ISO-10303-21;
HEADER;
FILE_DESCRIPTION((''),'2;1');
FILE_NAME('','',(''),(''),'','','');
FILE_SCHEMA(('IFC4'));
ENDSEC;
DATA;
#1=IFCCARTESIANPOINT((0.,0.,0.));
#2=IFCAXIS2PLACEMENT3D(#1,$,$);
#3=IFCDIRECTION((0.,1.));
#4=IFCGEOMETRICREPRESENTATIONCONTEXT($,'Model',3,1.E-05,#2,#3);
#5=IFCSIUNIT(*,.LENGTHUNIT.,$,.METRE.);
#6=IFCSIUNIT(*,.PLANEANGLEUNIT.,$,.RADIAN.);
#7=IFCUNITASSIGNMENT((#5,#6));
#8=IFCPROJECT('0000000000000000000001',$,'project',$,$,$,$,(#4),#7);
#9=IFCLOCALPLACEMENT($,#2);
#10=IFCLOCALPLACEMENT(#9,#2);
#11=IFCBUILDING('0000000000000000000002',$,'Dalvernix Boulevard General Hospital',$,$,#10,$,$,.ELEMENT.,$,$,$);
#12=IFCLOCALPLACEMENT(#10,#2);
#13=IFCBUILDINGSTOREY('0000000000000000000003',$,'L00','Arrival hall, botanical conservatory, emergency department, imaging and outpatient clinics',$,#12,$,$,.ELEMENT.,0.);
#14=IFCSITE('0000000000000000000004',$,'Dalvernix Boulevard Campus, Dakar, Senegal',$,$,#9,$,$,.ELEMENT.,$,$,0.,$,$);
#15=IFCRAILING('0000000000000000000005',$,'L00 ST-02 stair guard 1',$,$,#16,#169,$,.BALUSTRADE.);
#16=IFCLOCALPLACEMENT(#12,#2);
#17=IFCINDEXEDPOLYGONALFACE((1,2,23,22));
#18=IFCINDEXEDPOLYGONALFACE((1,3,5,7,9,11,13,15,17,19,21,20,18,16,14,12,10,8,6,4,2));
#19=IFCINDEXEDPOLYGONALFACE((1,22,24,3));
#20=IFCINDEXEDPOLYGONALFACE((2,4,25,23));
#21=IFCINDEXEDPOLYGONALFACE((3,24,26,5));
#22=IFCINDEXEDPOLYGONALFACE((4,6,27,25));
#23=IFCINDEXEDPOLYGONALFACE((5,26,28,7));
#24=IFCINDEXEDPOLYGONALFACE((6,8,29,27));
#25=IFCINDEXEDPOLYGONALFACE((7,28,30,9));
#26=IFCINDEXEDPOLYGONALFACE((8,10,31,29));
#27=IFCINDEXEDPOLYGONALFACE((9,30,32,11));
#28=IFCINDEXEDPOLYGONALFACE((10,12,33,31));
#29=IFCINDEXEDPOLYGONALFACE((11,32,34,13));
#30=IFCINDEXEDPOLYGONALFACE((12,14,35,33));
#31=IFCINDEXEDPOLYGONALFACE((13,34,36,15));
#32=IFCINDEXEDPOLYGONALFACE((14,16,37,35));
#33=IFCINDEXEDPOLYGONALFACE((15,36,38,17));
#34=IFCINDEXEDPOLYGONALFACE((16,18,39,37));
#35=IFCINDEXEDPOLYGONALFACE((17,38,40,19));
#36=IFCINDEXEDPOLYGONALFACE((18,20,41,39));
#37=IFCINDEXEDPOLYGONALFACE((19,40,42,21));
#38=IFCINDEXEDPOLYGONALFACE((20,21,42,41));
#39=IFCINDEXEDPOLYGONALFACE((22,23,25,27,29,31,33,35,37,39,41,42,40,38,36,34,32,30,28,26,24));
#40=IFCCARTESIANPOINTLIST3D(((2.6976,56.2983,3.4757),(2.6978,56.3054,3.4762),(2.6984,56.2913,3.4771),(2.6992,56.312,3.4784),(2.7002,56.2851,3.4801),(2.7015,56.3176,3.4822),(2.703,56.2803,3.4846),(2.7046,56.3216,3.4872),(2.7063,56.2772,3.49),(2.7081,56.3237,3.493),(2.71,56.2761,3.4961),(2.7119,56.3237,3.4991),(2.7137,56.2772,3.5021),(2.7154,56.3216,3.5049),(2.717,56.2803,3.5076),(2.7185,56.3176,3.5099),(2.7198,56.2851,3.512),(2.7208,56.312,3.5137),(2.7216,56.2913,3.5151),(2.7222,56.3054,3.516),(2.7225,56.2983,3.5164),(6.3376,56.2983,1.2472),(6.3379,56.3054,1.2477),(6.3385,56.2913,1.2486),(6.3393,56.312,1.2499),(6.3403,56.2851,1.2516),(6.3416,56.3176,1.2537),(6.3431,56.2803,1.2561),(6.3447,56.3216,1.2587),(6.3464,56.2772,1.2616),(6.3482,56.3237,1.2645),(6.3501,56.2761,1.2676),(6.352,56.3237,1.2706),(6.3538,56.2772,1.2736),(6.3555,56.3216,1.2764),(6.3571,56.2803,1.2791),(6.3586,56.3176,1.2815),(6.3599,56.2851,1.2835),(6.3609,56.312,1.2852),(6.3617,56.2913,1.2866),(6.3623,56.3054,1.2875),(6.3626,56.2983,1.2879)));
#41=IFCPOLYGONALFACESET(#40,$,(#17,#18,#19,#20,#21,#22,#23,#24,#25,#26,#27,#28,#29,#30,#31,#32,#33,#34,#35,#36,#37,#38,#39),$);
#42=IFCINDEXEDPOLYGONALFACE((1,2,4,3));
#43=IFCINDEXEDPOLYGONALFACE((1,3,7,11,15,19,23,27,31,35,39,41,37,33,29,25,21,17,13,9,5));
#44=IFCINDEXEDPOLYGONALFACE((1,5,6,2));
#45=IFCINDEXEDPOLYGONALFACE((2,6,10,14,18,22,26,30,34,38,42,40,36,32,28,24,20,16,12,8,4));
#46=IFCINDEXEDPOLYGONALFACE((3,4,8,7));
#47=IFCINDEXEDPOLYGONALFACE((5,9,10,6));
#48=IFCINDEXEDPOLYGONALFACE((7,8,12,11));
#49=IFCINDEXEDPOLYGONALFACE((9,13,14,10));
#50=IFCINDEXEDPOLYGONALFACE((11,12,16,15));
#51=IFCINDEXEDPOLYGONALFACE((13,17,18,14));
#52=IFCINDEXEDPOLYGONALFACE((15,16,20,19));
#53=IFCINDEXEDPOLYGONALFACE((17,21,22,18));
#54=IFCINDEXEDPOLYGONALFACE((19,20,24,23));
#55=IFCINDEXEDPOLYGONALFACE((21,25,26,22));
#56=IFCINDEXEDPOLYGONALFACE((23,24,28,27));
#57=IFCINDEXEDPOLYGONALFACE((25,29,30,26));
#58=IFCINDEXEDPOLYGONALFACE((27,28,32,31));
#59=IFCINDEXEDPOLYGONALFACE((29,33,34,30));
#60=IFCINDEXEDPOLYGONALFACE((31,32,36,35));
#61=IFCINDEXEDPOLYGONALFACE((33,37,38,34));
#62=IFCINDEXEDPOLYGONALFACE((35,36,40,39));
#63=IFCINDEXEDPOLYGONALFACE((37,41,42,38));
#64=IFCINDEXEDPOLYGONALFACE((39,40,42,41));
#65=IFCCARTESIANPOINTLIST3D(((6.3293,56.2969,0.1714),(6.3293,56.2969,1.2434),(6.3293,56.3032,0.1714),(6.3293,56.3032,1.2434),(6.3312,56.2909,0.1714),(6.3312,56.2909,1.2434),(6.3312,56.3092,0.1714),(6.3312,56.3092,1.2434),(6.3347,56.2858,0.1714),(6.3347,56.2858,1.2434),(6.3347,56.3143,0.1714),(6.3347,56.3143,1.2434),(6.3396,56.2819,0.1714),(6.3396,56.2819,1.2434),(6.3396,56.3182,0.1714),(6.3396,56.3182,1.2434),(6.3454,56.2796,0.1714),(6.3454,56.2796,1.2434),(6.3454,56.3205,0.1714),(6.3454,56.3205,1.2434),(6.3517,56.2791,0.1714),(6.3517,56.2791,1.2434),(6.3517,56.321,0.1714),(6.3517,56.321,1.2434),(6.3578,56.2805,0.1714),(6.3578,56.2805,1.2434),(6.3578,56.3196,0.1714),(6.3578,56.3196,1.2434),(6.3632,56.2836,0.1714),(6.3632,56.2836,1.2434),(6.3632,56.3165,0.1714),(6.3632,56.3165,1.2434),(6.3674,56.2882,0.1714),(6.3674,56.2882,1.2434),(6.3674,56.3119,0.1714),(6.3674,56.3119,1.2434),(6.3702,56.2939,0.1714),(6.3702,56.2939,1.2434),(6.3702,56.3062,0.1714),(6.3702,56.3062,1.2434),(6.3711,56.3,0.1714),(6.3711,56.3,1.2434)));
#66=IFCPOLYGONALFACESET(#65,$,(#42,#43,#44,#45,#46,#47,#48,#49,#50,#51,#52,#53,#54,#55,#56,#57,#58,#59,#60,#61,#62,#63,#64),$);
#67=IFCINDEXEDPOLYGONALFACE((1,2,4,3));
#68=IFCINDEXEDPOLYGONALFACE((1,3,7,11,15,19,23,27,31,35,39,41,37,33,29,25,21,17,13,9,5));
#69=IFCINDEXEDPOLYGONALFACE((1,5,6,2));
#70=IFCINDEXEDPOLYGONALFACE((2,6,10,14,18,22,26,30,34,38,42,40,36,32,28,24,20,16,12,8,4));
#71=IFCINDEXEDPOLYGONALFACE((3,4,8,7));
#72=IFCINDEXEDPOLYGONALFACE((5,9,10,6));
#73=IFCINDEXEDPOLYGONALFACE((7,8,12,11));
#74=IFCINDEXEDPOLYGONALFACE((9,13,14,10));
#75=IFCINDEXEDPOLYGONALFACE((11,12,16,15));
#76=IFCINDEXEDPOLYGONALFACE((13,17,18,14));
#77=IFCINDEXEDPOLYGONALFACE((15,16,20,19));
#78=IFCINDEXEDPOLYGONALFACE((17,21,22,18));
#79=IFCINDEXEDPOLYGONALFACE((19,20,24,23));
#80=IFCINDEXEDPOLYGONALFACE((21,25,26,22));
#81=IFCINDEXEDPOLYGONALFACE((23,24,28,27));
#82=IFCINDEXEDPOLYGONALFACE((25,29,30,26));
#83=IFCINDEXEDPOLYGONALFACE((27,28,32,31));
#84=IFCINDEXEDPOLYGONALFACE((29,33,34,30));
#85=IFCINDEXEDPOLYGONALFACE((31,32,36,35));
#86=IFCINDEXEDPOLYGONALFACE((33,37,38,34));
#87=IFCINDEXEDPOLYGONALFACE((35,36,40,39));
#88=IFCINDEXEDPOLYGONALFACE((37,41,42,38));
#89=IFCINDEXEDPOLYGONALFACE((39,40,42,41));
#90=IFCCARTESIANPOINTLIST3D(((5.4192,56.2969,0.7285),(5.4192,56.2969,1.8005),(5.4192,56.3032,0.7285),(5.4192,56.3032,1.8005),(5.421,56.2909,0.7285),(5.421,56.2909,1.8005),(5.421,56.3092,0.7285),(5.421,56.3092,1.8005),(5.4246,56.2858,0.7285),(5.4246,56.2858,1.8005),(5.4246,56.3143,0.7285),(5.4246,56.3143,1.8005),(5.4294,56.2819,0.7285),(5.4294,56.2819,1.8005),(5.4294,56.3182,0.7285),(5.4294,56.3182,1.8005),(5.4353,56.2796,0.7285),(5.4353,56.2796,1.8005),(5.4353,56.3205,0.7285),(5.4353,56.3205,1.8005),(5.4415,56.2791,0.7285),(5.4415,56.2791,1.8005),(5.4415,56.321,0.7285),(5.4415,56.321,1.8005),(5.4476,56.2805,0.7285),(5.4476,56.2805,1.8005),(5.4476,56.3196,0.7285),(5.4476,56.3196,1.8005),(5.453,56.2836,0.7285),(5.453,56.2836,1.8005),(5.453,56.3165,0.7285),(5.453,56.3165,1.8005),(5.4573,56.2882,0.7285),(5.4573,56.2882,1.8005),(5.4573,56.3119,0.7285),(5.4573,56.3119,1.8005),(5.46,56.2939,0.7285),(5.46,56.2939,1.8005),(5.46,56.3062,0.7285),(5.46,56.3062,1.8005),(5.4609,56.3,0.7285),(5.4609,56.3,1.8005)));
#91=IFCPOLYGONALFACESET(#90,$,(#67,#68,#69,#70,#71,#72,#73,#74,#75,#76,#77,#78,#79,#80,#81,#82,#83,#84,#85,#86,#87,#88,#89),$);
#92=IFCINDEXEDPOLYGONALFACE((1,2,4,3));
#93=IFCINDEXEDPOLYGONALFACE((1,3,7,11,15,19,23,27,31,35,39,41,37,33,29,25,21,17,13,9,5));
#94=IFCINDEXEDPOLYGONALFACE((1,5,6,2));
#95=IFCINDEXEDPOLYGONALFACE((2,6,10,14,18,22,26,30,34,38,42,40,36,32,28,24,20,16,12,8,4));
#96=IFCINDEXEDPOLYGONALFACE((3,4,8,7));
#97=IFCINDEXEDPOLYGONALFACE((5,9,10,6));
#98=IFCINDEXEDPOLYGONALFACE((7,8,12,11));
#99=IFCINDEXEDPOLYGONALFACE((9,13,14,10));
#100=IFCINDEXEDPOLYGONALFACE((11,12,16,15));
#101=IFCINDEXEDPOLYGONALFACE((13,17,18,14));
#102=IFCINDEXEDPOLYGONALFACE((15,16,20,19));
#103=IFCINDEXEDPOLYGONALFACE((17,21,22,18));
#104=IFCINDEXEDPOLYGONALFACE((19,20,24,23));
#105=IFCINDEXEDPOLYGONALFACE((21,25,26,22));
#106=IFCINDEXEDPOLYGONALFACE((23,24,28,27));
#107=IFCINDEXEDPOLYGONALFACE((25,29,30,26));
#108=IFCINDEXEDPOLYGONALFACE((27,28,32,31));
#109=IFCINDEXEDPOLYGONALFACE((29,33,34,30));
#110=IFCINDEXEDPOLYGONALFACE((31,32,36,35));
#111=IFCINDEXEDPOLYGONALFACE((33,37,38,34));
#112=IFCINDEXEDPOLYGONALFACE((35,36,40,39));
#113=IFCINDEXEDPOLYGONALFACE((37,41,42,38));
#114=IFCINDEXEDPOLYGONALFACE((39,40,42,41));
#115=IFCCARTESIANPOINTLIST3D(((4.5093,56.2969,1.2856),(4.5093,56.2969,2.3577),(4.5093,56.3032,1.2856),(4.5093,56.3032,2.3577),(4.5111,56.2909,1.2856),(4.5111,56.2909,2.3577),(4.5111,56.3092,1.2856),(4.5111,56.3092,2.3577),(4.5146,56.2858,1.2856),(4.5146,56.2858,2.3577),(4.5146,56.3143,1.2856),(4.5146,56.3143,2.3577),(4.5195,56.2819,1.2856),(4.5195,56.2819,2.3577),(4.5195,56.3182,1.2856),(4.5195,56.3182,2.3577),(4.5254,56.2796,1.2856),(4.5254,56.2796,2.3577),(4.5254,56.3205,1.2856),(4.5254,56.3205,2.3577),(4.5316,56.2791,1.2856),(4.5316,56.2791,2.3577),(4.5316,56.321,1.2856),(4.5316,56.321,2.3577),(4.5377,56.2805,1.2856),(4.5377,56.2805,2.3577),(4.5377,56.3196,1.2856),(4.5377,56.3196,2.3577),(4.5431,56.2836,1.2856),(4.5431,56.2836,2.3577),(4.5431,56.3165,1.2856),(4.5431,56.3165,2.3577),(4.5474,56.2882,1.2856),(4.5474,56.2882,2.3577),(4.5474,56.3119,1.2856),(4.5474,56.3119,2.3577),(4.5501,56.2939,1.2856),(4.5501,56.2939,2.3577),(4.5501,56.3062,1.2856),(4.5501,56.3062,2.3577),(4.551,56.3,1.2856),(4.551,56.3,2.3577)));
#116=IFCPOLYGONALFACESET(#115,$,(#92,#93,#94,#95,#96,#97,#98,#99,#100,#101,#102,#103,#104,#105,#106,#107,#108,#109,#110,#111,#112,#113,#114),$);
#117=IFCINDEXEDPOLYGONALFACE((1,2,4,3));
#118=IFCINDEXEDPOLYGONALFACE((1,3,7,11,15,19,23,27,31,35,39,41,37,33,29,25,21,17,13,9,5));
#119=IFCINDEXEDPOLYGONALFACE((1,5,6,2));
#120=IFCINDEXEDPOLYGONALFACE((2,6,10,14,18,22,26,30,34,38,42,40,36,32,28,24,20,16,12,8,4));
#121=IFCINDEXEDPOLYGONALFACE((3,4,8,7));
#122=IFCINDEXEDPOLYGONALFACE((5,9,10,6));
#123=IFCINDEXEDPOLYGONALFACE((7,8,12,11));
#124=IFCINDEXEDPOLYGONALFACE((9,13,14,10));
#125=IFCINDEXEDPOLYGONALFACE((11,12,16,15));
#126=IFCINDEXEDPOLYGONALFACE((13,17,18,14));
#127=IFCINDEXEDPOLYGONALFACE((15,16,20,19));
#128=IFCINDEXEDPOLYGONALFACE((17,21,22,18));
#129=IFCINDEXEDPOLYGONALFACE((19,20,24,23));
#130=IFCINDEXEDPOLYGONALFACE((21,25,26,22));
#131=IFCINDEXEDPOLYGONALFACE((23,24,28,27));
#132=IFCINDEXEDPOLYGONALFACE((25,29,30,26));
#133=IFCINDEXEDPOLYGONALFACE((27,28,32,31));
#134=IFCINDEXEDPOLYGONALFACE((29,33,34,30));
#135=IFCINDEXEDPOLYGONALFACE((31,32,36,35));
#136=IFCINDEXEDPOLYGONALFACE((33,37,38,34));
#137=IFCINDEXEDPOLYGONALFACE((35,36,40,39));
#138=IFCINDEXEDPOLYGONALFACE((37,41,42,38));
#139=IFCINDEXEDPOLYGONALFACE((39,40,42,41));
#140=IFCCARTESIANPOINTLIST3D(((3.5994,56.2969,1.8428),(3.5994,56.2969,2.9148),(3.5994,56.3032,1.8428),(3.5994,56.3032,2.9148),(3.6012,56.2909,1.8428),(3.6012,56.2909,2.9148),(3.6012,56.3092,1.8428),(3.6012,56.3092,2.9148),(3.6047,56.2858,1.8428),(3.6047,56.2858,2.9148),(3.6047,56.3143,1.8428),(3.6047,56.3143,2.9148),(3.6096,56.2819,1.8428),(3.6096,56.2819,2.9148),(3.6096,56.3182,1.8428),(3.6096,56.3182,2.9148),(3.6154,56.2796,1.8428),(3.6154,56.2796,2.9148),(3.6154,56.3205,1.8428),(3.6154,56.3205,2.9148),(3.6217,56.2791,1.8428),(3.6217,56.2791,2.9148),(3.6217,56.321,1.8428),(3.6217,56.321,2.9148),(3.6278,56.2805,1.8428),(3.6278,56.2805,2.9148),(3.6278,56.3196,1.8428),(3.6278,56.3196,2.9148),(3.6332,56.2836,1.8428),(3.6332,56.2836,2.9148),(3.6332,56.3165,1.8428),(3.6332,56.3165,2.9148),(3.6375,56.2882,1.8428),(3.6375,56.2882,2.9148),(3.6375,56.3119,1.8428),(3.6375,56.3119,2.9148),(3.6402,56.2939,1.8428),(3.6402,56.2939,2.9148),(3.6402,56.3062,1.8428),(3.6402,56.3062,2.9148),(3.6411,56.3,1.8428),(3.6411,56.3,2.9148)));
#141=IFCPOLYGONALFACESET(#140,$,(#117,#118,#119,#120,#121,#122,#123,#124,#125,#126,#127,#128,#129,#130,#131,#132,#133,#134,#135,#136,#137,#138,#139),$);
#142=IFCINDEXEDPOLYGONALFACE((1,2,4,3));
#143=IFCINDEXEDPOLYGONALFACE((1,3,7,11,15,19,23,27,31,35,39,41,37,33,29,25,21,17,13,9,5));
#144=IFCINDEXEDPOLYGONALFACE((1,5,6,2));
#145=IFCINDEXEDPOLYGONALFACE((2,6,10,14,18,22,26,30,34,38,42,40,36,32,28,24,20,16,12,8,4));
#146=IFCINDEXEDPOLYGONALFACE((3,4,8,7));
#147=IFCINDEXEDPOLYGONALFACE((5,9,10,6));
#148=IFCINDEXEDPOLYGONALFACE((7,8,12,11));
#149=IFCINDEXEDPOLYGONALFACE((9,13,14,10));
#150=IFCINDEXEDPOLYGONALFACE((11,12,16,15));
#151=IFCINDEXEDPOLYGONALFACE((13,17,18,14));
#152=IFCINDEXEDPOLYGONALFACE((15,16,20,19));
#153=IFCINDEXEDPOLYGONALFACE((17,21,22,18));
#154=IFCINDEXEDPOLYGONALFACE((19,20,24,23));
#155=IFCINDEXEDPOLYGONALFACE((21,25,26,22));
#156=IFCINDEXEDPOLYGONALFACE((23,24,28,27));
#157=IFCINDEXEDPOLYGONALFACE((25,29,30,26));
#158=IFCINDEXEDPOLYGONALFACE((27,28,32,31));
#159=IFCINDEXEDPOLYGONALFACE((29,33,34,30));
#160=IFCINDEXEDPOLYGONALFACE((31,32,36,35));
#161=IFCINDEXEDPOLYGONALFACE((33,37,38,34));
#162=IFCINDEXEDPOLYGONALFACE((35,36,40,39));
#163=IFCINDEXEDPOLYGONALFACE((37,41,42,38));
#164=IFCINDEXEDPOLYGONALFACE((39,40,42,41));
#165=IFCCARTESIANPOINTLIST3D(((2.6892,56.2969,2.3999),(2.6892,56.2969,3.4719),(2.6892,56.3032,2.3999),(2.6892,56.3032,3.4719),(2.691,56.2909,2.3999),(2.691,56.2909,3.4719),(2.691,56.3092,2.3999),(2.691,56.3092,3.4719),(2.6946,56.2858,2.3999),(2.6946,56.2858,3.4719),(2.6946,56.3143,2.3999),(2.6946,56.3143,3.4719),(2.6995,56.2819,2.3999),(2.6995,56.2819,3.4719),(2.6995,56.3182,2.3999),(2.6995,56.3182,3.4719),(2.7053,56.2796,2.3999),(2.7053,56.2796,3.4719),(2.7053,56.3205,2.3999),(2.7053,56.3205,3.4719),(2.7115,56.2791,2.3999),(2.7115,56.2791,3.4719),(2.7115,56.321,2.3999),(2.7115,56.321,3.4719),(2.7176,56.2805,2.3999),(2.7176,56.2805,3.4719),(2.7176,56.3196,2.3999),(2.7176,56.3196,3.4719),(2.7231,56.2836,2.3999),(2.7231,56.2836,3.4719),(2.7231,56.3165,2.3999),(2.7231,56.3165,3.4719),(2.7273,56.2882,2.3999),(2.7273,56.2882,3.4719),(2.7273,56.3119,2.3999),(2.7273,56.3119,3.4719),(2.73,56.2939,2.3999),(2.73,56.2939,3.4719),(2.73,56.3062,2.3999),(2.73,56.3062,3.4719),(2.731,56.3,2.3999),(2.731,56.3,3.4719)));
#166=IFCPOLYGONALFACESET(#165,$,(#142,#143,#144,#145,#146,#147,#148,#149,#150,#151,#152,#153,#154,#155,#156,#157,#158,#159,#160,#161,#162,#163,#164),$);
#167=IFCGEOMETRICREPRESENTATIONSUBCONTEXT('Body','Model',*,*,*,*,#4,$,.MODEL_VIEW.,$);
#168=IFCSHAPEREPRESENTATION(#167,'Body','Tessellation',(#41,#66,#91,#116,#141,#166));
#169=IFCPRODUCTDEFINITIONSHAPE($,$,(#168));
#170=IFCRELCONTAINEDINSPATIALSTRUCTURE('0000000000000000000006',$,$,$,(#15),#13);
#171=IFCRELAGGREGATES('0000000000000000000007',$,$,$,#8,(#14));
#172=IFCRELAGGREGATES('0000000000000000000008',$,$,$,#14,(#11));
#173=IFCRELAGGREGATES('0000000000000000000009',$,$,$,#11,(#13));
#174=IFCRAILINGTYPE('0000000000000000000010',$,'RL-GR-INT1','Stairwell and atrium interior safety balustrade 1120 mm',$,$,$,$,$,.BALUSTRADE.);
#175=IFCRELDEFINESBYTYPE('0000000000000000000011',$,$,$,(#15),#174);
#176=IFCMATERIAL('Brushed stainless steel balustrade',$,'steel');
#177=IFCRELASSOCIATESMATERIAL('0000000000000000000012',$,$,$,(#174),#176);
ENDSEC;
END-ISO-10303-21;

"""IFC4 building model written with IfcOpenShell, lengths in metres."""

from ifc_helpers import new_model, si_unit, direction, frame, origin, origin_2d, place, context, subcontext, project, spatial, circle, extrude, material, type_object, element, save


model = new_model("IFC4")

# Units and contexts
model_context = context("Model", 3, precision=1e-05, world=origin(), true_north=direction((0.0, 1.0)))
body_context = subcontext(model_context, "Body", "Model", "MODEL_VIEW")
ifc_project = project(units=[si_unit("LENGTHUNIT", "METRE"), si_unit("PLANEANGLEUNIT", "RADIAN")], contexts=[model_context])

# Site, building, storey
site_placement = place(None, origin())
site = spatial("IfcSite", under=ifc_project, at=site_placement, Name="Dalvernix Boulevard Campus, Dakar, Senegal", CompositionType="ELEMENT", RefElevation=0.0)
building_placement = place(site_placement, origin())
building = spatial("IfcBuilding", under=site, at=building_placement, Name="Dalvernix Boulevard General Hospital", CompositionType="ELEMENT")
storey_placement = place(building_placement, origin())
storey = spatial("IfcBuildingStorey", under=building, at=storey_placement, Name="L00", Description="Arrival hall, botanical conservatory, emergency department, imaging and outpatient clinics", CompositionType="ELEMENT", Elevation=0.0)

# Railing
ifc_material_1 = material(Name="Brushed stainless steel balustrade", Category="steel")
railing_type_1 = type_object("IfcRailingType", Name="RL-GR-INT1", Description="Stairwell and atrium interior safety balustrade 1120 mm", PredefinedType="BALUSTRADE", material=ifc_material_1)
railing_1_placement = place(storey_placement, frame((6.3501, 56.3, 0.1714)))
element("IfcRailing", 1, at=railing_1_placement, inside=storey, type_object=railing_type_1, Name="L00 ST-02 stair guard 1", PredefinedType="BALUSTRADE", context=body_context, shape_type="SweptSolid", body=[
    extrude(circle(Radius=0.0239, at=origin_2d()), frame((0.0, 0.0, 1.0962), z_axis=(-0.852866, 0.0, 0.52213), x_axis=(0.0, -1.0, 0.0)), (0.0, 0.0, 1.0), 4.2681),
    extrude(circle(Radius=0.021, at=origin_2d()), origin(), (0.0, 0.0, 1.0), 1.072),
    extrude(circle(Radius=0.021, at=origin_2d()), frame((-0.9102, 0.0, 0.5571)), (0.0, 0.0, 1.0), 1.072),
    extrude(circle(Radius=0.021, at=origin_2d()), frame((-1.8201, 0.0, 1.1143)), (0.0, 0.0, 1.0), 1.072),
    extrude(circle(Radius=0.021, at=origin_2d()), frame((-2.73, 0.0, 1.6714)), (0.0, 0.0, 1.0), 1.072),
    extrude(circle(Radius=0.021, at=origin_2d()), frame((-3.6401, 0.0, 2.2285)), (0.0, 0.0, 1.0), 1.072),
])

save(model, "model.ifc")
